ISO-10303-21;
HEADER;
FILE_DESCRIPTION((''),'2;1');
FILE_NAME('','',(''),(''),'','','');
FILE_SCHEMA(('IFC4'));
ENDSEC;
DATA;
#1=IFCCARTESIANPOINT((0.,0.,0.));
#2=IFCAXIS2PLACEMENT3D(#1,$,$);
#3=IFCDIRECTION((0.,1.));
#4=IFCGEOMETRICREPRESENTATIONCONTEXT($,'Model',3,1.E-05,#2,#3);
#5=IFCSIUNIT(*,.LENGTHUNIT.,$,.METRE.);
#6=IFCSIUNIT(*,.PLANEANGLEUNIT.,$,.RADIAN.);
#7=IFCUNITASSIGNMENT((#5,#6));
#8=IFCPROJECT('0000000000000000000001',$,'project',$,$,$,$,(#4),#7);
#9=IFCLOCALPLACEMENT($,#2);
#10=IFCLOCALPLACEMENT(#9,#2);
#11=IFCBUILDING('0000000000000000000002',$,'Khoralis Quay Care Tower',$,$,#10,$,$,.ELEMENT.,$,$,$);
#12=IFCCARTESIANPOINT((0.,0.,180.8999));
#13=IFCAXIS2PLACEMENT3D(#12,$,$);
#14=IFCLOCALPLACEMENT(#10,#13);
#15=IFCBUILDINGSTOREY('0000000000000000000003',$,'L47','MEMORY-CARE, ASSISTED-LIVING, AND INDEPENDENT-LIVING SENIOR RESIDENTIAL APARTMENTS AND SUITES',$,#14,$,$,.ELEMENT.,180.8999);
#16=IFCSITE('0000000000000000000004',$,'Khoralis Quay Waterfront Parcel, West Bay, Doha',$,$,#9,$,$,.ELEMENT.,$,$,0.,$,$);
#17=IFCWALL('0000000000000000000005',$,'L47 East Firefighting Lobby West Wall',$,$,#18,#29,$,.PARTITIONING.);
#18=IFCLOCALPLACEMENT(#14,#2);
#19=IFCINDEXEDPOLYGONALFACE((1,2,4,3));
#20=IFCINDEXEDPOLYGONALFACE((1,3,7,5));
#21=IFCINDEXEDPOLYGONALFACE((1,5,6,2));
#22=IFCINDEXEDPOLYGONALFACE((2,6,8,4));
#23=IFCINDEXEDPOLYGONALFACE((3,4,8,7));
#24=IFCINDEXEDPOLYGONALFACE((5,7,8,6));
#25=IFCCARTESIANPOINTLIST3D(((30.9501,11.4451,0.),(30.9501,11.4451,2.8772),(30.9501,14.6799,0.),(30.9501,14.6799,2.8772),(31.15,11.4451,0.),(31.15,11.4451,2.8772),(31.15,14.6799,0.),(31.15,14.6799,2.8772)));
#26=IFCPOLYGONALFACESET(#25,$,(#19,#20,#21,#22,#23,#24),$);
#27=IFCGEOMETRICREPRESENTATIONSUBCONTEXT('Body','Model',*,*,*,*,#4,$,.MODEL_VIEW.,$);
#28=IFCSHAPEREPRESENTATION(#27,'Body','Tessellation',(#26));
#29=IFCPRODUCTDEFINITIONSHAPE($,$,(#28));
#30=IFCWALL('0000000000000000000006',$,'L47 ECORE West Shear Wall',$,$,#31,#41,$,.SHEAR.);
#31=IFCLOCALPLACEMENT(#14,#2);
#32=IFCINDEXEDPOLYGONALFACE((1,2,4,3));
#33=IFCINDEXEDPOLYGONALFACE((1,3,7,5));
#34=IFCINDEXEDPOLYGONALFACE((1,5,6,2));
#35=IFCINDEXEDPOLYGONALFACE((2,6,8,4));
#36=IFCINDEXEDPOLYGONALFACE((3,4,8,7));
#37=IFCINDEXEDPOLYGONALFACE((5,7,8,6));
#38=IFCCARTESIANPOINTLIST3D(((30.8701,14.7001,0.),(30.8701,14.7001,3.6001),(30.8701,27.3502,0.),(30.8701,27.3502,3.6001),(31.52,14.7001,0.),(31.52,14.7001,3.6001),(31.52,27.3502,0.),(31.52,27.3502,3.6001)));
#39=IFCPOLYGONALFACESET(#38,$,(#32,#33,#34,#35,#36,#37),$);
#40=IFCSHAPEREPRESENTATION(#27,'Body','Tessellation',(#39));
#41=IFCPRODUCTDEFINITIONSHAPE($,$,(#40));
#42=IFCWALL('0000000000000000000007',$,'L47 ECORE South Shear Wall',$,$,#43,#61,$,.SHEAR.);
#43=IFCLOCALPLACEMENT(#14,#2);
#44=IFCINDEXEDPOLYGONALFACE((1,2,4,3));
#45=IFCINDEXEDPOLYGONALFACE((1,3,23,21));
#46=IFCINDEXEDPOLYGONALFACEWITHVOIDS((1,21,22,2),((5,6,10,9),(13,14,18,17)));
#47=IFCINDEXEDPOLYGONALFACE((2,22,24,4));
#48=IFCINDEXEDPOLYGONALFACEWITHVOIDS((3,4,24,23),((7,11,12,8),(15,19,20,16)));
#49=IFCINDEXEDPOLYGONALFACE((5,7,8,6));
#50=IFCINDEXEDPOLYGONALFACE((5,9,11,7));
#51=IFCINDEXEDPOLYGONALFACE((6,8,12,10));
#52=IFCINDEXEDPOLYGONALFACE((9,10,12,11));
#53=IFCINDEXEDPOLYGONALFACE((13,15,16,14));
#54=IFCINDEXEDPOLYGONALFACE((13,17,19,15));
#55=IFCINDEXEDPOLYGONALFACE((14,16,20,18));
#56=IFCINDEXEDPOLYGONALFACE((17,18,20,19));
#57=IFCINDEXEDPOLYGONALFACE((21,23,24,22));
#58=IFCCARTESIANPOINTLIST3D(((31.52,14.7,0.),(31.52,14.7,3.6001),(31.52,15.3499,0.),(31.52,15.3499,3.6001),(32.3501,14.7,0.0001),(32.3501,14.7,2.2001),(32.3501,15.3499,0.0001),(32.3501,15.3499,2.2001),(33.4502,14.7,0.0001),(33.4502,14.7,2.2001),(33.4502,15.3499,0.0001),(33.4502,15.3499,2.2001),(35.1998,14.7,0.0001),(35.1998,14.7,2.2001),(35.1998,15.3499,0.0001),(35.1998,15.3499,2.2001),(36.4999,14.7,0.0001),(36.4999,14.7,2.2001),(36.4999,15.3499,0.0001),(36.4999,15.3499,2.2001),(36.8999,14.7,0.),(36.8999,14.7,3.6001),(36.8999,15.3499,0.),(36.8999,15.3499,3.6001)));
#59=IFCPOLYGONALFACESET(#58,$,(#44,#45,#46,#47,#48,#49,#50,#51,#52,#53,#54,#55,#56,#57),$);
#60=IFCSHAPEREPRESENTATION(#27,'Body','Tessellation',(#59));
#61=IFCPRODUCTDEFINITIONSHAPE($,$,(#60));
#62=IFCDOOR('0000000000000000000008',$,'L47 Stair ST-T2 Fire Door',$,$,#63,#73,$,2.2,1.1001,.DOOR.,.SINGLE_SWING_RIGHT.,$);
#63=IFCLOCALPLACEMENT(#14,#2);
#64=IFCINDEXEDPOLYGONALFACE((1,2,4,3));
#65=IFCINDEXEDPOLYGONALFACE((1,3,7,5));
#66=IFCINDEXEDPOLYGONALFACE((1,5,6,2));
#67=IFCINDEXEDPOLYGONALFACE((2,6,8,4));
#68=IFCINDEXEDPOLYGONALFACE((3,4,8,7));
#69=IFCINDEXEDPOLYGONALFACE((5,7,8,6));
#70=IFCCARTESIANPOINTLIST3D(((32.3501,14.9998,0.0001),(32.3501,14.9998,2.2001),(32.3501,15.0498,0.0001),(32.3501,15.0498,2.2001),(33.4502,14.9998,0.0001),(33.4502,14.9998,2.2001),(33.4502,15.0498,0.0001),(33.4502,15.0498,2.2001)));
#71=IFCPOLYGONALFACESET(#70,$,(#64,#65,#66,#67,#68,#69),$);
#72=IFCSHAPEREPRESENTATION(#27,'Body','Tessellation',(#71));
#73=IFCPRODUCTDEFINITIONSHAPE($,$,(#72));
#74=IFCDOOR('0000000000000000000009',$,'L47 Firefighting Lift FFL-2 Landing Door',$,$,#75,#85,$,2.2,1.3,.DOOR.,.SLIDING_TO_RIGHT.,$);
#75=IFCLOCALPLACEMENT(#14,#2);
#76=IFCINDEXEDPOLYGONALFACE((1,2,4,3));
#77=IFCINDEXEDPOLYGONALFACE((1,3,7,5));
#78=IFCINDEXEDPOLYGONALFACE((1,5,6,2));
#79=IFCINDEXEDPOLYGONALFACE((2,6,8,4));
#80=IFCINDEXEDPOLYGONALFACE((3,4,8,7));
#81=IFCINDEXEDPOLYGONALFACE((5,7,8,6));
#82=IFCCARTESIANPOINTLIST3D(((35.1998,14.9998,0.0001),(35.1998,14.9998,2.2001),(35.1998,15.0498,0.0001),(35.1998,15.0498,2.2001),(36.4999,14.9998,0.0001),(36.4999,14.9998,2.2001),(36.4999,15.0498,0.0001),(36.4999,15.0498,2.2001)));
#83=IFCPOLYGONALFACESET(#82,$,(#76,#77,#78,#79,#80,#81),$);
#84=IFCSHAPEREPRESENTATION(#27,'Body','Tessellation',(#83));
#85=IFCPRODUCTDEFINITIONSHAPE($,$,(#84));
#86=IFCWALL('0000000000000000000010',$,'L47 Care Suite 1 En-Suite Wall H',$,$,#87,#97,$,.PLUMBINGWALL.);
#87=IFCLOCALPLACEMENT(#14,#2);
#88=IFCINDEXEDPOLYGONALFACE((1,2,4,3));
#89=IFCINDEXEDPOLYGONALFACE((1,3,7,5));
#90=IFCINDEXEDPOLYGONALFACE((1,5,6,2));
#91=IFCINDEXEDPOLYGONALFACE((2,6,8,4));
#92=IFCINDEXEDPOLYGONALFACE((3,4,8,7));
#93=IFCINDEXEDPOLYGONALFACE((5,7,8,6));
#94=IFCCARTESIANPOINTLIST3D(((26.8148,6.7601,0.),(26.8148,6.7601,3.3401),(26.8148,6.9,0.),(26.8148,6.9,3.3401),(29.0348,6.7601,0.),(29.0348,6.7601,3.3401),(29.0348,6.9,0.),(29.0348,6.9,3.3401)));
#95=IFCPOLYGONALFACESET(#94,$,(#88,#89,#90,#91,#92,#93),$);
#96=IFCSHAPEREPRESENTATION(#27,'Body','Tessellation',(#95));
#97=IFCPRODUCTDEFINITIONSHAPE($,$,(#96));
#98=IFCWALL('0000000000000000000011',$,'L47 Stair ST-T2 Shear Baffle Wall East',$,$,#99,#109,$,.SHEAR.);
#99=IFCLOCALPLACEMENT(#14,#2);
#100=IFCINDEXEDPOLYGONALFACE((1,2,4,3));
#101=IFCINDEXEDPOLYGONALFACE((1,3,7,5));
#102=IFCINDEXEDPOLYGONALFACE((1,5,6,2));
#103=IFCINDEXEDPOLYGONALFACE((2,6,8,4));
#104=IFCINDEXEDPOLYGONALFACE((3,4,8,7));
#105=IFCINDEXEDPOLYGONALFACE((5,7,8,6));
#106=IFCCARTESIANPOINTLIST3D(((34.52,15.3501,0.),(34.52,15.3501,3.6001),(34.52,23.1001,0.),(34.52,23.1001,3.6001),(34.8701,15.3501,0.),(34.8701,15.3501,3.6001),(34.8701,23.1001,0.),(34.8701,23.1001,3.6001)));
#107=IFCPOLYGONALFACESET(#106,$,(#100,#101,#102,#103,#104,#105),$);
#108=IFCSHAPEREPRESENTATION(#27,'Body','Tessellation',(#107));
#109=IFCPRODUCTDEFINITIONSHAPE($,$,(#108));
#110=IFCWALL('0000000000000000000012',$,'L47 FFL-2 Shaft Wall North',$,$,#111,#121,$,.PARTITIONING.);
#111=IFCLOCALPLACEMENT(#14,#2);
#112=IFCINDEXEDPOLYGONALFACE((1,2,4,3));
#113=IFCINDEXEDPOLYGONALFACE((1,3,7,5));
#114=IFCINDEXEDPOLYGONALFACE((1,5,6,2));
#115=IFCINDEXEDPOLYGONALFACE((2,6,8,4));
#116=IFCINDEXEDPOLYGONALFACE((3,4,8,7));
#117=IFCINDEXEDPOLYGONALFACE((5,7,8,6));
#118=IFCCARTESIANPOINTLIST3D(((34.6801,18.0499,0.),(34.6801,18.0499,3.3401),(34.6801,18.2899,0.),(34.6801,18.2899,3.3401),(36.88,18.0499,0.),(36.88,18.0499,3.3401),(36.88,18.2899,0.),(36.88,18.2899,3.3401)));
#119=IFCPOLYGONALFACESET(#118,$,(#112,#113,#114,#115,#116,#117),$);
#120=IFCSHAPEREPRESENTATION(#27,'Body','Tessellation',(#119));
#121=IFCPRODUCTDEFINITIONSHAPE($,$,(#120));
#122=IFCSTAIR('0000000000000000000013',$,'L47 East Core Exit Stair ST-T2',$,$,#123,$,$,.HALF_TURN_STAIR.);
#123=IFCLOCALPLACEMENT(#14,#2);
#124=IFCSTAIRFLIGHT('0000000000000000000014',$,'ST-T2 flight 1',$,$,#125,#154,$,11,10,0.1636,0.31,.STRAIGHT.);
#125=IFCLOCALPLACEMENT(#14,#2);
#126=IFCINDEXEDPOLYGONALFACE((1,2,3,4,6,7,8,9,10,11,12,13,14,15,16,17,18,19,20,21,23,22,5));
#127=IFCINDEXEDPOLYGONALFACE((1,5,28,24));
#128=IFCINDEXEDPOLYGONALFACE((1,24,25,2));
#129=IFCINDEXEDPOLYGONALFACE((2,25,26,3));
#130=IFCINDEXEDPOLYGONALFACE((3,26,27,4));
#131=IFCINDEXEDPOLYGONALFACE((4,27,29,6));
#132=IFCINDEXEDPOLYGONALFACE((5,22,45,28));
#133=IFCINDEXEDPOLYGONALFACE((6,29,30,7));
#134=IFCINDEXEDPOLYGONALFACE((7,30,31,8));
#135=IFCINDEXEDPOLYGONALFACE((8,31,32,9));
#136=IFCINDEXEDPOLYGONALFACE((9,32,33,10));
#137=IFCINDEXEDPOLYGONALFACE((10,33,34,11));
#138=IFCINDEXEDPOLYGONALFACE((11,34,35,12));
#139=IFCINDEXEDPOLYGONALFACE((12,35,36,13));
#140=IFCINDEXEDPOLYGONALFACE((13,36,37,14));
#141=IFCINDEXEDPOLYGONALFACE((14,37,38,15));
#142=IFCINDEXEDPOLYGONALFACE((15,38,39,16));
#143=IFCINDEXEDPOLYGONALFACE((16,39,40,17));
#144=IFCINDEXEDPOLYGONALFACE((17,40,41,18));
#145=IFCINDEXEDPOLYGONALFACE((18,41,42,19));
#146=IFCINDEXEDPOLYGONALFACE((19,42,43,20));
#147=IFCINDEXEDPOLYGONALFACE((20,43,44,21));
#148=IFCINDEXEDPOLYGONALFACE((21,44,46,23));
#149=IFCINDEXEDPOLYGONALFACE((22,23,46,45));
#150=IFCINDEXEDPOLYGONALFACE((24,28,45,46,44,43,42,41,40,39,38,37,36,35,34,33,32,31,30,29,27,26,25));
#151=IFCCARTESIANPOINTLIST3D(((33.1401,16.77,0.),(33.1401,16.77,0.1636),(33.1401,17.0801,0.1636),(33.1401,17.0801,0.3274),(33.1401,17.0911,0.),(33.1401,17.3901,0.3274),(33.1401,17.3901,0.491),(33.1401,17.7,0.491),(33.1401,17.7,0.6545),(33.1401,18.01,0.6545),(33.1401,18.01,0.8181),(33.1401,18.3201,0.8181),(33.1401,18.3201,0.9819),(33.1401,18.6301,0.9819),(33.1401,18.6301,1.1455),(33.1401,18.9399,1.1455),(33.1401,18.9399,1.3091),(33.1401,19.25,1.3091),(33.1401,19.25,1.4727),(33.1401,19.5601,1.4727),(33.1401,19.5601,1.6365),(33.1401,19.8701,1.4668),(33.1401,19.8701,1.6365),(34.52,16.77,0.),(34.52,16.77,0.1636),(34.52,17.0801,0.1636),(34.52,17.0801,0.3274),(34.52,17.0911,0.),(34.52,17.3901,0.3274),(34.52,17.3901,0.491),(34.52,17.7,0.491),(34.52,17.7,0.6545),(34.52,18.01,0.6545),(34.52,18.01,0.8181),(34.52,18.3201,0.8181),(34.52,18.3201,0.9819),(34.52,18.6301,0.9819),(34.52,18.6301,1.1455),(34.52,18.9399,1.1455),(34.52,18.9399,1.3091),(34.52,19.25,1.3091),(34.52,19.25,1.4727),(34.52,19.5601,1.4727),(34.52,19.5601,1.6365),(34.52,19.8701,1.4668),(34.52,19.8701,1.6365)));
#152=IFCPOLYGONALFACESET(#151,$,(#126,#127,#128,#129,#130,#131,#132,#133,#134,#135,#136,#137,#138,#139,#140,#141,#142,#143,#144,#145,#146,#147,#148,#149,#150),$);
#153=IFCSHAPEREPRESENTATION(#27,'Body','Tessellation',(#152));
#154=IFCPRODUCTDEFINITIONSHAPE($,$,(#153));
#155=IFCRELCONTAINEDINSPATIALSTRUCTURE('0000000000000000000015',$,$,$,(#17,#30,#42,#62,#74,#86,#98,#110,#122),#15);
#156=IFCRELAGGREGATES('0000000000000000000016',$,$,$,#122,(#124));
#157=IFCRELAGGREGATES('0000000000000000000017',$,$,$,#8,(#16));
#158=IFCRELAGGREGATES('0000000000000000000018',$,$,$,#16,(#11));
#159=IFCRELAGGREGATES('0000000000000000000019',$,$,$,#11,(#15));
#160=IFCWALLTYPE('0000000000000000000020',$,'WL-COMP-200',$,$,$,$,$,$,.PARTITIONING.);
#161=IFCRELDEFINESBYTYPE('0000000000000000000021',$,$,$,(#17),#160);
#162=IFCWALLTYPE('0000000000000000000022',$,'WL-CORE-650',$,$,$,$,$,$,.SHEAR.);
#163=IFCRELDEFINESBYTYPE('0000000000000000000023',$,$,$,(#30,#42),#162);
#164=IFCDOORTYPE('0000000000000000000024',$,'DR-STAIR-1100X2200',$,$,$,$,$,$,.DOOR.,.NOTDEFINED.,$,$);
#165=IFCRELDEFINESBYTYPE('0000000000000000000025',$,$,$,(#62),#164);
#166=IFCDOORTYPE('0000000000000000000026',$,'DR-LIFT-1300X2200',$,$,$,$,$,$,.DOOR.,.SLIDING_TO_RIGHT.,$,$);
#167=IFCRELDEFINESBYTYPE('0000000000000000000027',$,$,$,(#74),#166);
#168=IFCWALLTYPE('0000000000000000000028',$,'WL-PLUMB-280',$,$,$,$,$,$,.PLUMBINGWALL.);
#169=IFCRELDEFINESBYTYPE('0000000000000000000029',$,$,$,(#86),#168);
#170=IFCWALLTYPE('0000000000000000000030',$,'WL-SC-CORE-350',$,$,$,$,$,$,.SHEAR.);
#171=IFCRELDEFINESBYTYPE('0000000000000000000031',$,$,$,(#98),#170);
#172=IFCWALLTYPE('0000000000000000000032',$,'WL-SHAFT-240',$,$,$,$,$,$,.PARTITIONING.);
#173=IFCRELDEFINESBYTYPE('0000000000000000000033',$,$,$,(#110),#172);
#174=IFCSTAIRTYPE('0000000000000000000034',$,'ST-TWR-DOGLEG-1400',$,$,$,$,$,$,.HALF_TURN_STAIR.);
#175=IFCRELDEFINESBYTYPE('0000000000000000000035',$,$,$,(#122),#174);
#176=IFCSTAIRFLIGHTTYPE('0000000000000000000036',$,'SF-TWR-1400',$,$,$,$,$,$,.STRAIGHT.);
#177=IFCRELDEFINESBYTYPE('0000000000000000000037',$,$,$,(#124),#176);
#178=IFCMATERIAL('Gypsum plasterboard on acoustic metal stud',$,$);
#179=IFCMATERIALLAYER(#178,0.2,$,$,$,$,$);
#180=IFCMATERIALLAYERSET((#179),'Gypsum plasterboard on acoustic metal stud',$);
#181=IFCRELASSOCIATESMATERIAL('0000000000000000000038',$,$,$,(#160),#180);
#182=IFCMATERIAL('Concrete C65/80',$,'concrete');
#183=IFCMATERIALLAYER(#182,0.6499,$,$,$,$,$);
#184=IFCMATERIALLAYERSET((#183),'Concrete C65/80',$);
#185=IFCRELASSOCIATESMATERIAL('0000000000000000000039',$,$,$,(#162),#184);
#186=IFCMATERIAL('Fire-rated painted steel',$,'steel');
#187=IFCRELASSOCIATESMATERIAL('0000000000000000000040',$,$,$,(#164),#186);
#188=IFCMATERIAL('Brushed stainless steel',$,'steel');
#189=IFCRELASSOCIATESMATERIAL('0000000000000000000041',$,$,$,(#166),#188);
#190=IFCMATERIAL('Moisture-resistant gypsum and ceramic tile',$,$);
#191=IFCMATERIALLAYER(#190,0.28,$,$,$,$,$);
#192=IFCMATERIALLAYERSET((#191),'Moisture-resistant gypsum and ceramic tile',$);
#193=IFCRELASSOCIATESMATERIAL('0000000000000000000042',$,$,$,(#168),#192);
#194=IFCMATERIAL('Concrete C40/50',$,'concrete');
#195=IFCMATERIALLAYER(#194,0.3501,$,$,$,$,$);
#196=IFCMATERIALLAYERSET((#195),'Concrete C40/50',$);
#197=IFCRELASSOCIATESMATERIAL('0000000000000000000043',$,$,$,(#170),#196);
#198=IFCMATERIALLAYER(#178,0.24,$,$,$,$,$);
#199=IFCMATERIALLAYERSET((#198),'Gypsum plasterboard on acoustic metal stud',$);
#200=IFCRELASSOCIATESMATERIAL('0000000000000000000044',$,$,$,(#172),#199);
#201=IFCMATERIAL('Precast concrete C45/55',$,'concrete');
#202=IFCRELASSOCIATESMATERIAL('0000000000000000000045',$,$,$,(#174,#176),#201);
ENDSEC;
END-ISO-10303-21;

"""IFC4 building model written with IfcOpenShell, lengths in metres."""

from ifc_helpers import new_model, si_unit, direction, frame, frame_2d, origin, place, context, subcontext, project, spatial, polyline, rectangle, outline, extrude, source, transform, mapped, material, layer, layer_set, type_object, element, fill, aggregate, save


model = new_model("IFC4")

# Units and contexts
model_context = context("Model", 3, precision=1e-05, world=origin(), true_north=direction((0.0, 1.0)))
body_context = subcontext(model_context, "Body", "Model", "MODEL_VIEW")
ifc_project = project(units=[si_unit("LENGTHUNIT", "METRE"), si_unit("PLANEANGLEUNIT", "RADIAN")], contexts=[model_context])

# Site, building, storey
site_placement = place(None, origin())
site = spatial("IfcSite", under=ifc_project, at=site_placement, Name="Khoralis Quay Waterfront Parcel, West Bay, Doha", CompositionType="ELEMENT", RefElevation=0.0)
building_placement = place(site_placement, origin())
building = spatial("IfcBuilding", under=site, at=building_placement, Name="Khoralis Quay Care Tower", CompositionType="ELEMENT")
storey_placement = place(building_placement, frame((0.0, 0.0, 180.8999)))
storey = spatial("IfcBuildingStorey", under=building, at=storey_placement, Name="L47", Description="MEMORY-CARE, ASSISTED-LIVING, AND INDEPENDENT-LIVING SENIOR RESIDENTIAL APARTMENTS AND SUITES", CompositionType="ELEMENT", Elevation=180.8999)

# Shared definitions
ifc_material_1 = material(Name="Concrete C65/80", Category="concrete")

# Shared definitions
ifc_material_2 = material(Name="Gypsum plasterboard on acoustic metal stud")
ifc_layer_1 = layer(ifc_material_2, 0.2)
ifc_layer_set_1 = layer_set([ifc_layer_1], Name="Gypsum plasterboard on acoustic metal stud")
wall_type_1 = type_object("IfcWallType", Name="WL-COMP-200", PredefinedType="PARTITIONING", material=ifc_layer_set_1)
ifc_material_3 = material(Name="Fire-rated painted steel", Category="steel")

# Walls
wall_1_placement = place(storey_placement, frame((31.05, 11.4451, 0.0), z_axis=(0.0, 0.0, 1.0), x_axis=(0.0, 1.0, 0.0)))
element("IfcWall", 1, at=wall_1_placement, inside=storey, type_object=wall_type_1, Name="L47 East Firefighting Lobby West Wall", PredefinedType="PARTITIONING", context=body_context, shape_type="SweptSolid", body=[
    extrude(rectangle(XDim=3.2349, YDim=0.2, at=frame_2d((1.6174, 0.0))), origin(), (0.0, 0.0, 1.0), 2.8772),
])
ifc_layer_2 = layer(ifc_material_1, 0.6499)
ifc_layer_set_2 = layer_set([ifc_layer_2], Name="Concrete C65/80")
wall_type_2 = type_object("IfcWallType", Name="WL-CORE-650", PredefinedType="SHEAR", material=ifc_layer_set_2)
wall_2_placement = place(storey_placement, frame((31.1951, 14.7, 0.0), z_axis=(0.0, 0.0, 1.0), x_axis=(0.0, 1.0, 0.0)))
element("IfcWall", 2, at=wall_2_placement, inside=storey, type_object=wall_type_2, Name="L47 ECORE West Shear Wall", PredefinedType="SHEAR", context=body_context, shape_type="SweptSolid", body=[
    extrude(rectangle(XDim=12.6501, YDim=0.6499, at=frame_2d((6.3252, 0.0))), origin(), (0.0, 0.0, 1.0), 3.6001),
])

# Wall, openings, doors
wall_3_placement = place(storey_placement, frame((31.52, 15.0249, 0.0), z_axis=(0.0, 0.0, 1.0), x_axis=(1.0, 0.0, 0.0)))
wall_3 = element("IfcWall", 3, at=wall_3_placement, inside=storey, type_object=wall_type_2, Name="L47 ECORE South Shear Wall", PredefinedType="SHEAR", context=body_context, shape_type="SweptSolid", body=[
    extrude(rectangle(XDim=5.3799, YDim=0.6499, at=frame_2d((2.6899, 0.0))), origin(), (0.0, 0.0, 1.0), 3.6001),
])
opening_1_placement = place(wall_3_placement, frame((0.8301, 0.0, 0.0)))
opening_1 = element("IfcOpeningElement", 4, at=opening_1_placement, cuts=wall_3, PredefinedType="OPENING", context=body_context, shape_type="SweptSolid", body=[
    extrude(rectangle(XDim=1.1001, YDim=2.2, at=frame_2d((0.55, 1.1001))), frame((0.0, 0.335, 0.0), z_axis=(0.0, -1.0, 0.0), x_axis=(1.0, 0.0, 0.0)), (0.0, 0.0, 1.0), 0.6699),
])
opening_2_placement = place(wall_3_placement, frame((3.6799, 0.0, 0.0)))
opening_2 = element("IfcOpeningElement", 5, at=opening_2_placement, cuts=wall_3, PredefinedType="OPENING", context=body_context, shape_type="SweptSolid", body=[
    extrude(rectangle(XDim=1.3, YDim=2.2, at=frame_2d((0.6499, 1.1001))), frame((0.0, 0.335, 0.0), z_axis=(0.0, -1.0, 0.0), x_axis=(1.0, 0.0, 0.0)), (0.0, 0.0, 1.0), 0.6699),
])
door_type_1 = type_object("IfcDoorType", Name="DR-STAIR-1100X2200", OperationType="NOTDEFINED", PredefinedType="DOOR", material=ifc_material_3)
shared_shape_1 = source(origin(), body_context, "Body", "SweptSolid", [
    extrude(rectangle(XDim=1.1001, YDim=2.2, at=frame_2d((0.55, 1.1001))), frame((0.0, 0.0249, 0.0), z_axis=(0.0, -1.0, 0.0), x_axis=(1.0, 0.0, 0.0)), (0.0, 0.0, 1.0), 0.05),
])
door_1_placement = place(opening_1_placement, origin())
door_1 = element("IfcDoor", 6, at=door_1_placement, inside=storey, type_object=door_type_1, Name="L47 Stair ST-T2 Fire Door", OperationType="SINGLE_SWING_RIGHT", OverallHeight=2.2, OverallWidth=1.1001, PredefinedType="DOOR", context=body_context, shape_type="MappedRepresentation", body=[
    mapped(shared_shape_1, transform((0.0, 0.0, 0.0), scale=1.0)),
])
fill(opening_1, door_1)
ifc_material_4 = material(Name="Brushed stainless steel", Category="steel")
door_type_2 = type_object("IfcDoorType", Name="DR-LIFT-1300X2200", OperationType="SLIDING_TO_RIGHT", PredefinedType="DOOR", material=ifc_material_4)
shared_shape_2 = source(origin(), body_context, "Body", "SweptSolid", [
    extrude(rectangle(XDim=1.3, YDim=2.2, at=frame_2d((0.6499, 1.1001))), frame((0.0, 0.0249, 0.0), z_axis=(0.0, -1.0, 0.0), x_axis=(1.0, 0.0, 0.0)), (0.0, 0.0, 1.0), 0.05),
])
door_2_placement = place(opening_2_placement, origin())
door_2 = element("IfcDoor", 7, at=door_2_placement, inside=storey, type_object=door_type_2, Name="L47 Firefighting Lift FFL-2 Landing Door", OperationType="SLIDING_TO_RIGHT", OverallHeight=2.2, OverallWidth=1.3, PredefinedType="DOOR", context=body_context, shape_type="MappedRepresentation", body=[
    mapped(shared_shape_2, transform((0.0, 0.0, 0.0), scale=1.0)),
])
fill(opening_2, door_2)

# Walls
ifc_material_5 = material(Name="Moisture-resistant gypsum and ceramic tile")
ifc_layer_3 = layer(ifc_material_5, 0.28)
ifc_layer_set_3 = layer_set([ifc_layer_3], Name="Moisture-resistant gypsum and ceramic tile")
wall_type_3 = type_object("IfcWallType", Name="WL-PLUMB-280", PredefinedType="PLUMBINGWALL", material=ifc_layer_set_3)
wall_4_placement = place(storey_placement, frame((26.8149, 6.8301, 0.0), z_axis=(0.0, 0.0, 1.0), x_axis=(1.0, 0.0, 0.0)))
element("IfcWall", 8, at=wall_4_placement, inside=storey, type_object=wall_type_3, Name="L47 Care Suite 1 En-Suite Wall H", PredefinedType="PLUMBINGWALL", context=body_context, shape_type="SweptSolid", body=[
    extrude(rectangle(XDim=2.22, YDim=0.1399, at=frame_2d((1.1099, 0.0))), origin(), (0.0, 0.0, 1.0), 3.3401),
])
ifc_material_6 = material(Name="Concrete C40/50", Category="concrete")
ifc_layer_4 = layer(ifc_material_6, 0.3501)
ifc_layer_set_4 = layer_set([ifc_layer_4], Name="Concrete C40/50")
wall_type_4 = type_object("IfcWallType", Name="WL-SC-CORE-350", PredefinedType="SHEAR", material=ifc_layer_set_4)
wall_5_placement = place(storey_placement, frame((34.6951, 15.3501, 0.0), z_axis=(0.0, 0.0, 1.0), x_axis=(0.0, 1.0, 0.0)))
element("IfcWall", 9, at=wall_5_placement, inside=storey, type_object=wall_type_4, Name="L47 Stair ST-T2 Shear Baffle Wall East", PredefinedType="SHEAR", context=body_context, shape_type="SweptSolid", body=[
    extrude(rectangle(XDim=7.75, YDim=0.3501, at=frame_2d((3.875, 0.0))), origin(), (0.0, 0.0, 1.0), 3.6001),
])
ifc_layer_5 = layer(ifc_material_2, 0.24)
ifc_layer_set_5 = layer_set([ifc_layer_5], Name="Gypsum plasterboard on acoustic metal stud")
wall_type_5 = type_object("IfcWallType", Name="WL-SHAFT-240", PredefinedType="PARTITIONING", material=ifc_layer_set_5)
wall_6_placement = place(storey_placement, frame((34.6799, 18.1699, 0.0), z_axis=(0.0, 0.0, 1.0), x_axis=(1.0, 0.0, 0.0)))
element("IfcWall", 10, at=wall_6_placement, inside=storey, type_object=wall_type_5, Name="L47 FFL-2 Shaft Wall North", PredefinedType="PARTITIONING", context=body_context, shape_type="SweptSolid", body=[
    extrude(rectangle(XDim=2.2, YDim=0.24, at=frame_2d((1.1001, 0.0))), origin(), (0.0, 0.0, 1.0), 3.3401),
])

# Stair, stair flight
ifc_material_7 = material(Name="Precast concrete C45/55", Category="concrete")
stair_type = type_object("IfcStairType", Name="ST-TWR-DOGLEG-1400", PredefinedType="HALF_TURN_STAIR", material=ifc_material_7)
stair_placement = place(storey_placement, origin())
stair = element("IfcStair", 11, at=stair_placement, inside=storey, type_object=stair_type, Name="L47 East Core Exit Stair ST-T2", PredefinedType="HALF_TURN_STAIR")
stair_flight_type = type_object("IfcStairFlightType", Name="SF-TWR-1400", PredefinedType="STRAIGHT", material=ifc_material_7)
shared_shape_3 = source(origin(), body_context, "Body", "SweptSolid", [
    extrude(outline(polyline([(0.0, 0.0), (0.0, 0.1636), (0.3101, 0.1636), (0.3101, 0.3274), (0.6201, 0.3274), (0.6201, 0.491), (0.9299, 0.491), (0.9299, 0.6545), (1.24, 0.6545), (1.24, 0.8181), (1.55, 0.8181), (1.55, 0.9819), (1.8601, 0.9819), (1.8601, 1.1455), (2.1699, 1.1455), (2.1699, 1.3091), (2.48, 1.3091), (2.48, 1.4727), (2.79, 1.4727), (2.79, 1.6365), (3.1001, 1.6365), (3.1001, 1.8), (3.1001, 1.4668), (0.321, 0.0), (0.0, 0.0)])), frame((0.0, 0.6899, 0.0), z_axis=(0.0, -1.0, 0.0), x_axis=(1.0, 0.0, 0.0)), (0.0, 0.0, 1.0), 1.3799),
])
stair_flight_placement = place(storey_placement, frame((33.8301, 16.77, 0.0), z_axis=(0.0, 0.0, 1.0), x_axis=(0.0, 1.0, 0.0)))
stair_flight = element("IfcStairFlight", 12, at=stair_flight_placement, type_object=stair_flight_type, Name="ST-T2 flight 1", NumberOfRisers=11, NumberOfTreads=10, PredefinedType="STRAIGHT", RiserHeight=0.1636, TreadLength=0.31, context=body_context, shape_type="MappedRepresentation", body=[
    mapped(shared_shape_3, transform((0.0, 0.0, 0.0), scale=1.0)),
])
aggregate(stair, [stair_flight])

save(model, "model.ifc")
